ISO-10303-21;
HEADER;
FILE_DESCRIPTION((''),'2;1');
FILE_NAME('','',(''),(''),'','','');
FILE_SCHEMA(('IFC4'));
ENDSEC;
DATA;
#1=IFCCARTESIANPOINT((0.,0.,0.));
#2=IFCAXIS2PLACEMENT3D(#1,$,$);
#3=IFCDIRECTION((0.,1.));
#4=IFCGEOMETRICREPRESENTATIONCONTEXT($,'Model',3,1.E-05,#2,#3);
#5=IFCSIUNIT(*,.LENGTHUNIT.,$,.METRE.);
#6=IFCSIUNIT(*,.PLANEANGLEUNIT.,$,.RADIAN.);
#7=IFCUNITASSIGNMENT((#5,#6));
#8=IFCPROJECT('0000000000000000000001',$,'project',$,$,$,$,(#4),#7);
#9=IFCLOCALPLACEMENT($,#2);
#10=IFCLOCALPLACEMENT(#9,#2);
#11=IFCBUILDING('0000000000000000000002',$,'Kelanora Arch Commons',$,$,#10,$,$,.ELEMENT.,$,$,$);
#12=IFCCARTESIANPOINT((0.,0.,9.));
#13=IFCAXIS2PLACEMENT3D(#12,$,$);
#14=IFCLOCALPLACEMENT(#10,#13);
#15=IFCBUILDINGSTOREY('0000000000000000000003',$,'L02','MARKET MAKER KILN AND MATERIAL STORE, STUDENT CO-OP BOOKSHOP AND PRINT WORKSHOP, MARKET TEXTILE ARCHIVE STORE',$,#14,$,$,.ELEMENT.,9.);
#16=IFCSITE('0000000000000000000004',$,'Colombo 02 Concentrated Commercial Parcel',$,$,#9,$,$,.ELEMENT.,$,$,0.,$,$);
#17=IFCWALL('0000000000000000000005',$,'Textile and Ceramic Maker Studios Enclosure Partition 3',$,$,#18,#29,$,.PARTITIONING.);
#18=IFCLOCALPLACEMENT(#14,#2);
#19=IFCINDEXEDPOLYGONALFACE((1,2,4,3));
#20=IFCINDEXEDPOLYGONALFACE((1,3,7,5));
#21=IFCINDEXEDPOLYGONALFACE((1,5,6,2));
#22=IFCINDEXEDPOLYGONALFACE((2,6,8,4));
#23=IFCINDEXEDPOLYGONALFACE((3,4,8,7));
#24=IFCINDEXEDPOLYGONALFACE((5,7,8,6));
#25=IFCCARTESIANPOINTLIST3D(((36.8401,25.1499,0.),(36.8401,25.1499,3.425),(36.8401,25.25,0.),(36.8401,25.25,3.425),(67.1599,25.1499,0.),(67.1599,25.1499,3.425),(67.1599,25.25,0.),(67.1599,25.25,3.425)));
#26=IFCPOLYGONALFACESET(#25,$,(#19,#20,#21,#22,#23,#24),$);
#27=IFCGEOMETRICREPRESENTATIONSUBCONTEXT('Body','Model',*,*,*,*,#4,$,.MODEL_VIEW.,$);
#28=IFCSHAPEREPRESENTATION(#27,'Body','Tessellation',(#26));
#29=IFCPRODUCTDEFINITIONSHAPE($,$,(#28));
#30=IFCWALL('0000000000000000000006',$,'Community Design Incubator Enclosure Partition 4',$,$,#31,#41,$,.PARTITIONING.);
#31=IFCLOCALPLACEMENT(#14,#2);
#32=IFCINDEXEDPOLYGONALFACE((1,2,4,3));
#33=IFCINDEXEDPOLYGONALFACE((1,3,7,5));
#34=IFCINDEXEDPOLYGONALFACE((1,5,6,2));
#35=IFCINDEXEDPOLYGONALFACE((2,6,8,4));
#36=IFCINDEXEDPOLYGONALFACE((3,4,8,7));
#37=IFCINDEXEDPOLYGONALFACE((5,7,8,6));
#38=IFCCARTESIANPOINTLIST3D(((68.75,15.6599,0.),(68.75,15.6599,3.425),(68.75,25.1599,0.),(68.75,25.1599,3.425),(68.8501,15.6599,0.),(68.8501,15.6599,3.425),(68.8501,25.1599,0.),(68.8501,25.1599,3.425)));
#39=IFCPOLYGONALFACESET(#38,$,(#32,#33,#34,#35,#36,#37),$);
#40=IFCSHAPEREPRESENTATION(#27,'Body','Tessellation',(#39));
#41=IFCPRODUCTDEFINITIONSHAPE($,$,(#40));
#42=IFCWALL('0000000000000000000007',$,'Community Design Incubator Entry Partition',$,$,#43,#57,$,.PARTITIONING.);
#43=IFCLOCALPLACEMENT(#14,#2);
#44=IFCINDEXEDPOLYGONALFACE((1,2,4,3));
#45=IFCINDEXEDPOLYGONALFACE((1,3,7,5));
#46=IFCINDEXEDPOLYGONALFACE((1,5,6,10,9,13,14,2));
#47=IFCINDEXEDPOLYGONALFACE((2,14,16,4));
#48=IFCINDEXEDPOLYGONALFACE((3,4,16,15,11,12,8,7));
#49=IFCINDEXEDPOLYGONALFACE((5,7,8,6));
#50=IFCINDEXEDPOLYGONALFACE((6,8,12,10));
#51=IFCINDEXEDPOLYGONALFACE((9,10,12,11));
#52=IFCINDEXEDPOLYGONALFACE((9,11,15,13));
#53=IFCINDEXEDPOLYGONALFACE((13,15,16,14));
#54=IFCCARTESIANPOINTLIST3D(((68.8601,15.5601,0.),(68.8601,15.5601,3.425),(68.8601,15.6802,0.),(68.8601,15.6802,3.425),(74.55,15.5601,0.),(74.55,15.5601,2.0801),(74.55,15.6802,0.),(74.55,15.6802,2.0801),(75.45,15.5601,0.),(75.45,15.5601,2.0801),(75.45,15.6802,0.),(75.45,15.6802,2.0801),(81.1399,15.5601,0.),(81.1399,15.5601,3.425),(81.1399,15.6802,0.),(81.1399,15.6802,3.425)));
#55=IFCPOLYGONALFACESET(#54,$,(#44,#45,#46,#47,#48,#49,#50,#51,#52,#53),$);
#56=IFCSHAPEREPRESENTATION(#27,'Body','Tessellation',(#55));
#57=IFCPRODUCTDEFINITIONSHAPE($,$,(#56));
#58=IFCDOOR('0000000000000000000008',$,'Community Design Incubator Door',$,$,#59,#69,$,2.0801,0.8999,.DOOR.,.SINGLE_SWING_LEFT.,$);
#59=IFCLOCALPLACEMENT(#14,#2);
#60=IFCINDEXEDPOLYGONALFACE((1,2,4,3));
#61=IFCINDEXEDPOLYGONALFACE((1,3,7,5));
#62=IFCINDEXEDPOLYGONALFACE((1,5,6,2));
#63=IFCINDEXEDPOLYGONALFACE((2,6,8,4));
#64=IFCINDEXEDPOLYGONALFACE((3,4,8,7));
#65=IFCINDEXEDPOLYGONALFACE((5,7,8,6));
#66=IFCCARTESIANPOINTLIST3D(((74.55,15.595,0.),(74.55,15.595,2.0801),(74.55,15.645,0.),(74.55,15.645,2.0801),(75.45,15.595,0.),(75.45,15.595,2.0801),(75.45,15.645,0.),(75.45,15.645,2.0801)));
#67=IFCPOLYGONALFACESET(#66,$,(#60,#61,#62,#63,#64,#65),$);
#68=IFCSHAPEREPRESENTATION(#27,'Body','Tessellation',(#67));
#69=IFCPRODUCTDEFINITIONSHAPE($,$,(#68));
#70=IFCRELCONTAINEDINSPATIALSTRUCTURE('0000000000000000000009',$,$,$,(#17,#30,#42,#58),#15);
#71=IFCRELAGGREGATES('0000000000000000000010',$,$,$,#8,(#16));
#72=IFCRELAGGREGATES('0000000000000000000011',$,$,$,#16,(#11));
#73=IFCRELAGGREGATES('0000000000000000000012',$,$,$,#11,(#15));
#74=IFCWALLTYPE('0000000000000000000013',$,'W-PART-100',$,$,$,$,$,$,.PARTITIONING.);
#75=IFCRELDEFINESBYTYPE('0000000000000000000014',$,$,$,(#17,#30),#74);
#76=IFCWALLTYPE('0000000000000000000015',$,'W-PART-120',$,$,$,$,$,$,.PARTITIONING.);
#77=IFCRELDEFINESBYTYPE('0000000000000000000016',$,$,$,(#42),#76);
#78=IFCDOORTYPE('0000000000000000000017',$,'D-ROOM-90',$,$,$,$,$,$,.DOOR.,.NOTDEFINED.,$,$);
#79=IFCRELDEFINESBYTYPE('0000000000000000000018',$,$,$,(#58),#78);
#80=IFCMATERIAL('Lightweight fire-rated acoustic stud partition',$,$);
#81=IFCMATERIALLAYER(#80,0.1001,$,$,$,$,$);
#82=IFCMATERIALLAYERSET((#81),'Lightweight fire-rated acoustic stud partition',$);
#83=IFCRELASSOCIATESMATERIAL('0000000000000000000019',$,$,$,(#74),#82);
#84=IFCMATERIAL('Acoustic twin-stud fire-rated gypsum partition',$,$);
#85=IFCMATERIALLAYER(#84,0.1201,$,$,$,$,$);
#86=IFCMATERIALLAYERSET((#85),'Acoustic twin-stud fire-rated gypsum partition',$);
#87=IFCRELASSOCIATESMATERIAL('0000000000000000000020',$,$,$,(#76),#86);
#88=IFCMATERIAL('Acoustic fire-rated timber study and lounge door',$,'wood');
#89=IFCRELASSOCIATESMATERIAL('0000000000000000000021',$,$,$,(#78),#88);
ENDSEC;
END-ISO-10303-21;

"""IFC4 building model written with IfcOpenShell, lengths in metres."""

from ifc_helpers import new_model, si_unit, direction, frame, frame_2d, origin, place, context, subcontext, project, spatial, rectangle, extrude, material, layer, layer_set, type_object, element, fill, save


model = new_model("IFC4")

# Units and contexts
model_context = context("Model", 3, precision=1e-05, world=origin(), true_north=direction((0.0, 1.0)))
body_context = subcontext(model_context, "Body", "Model", "MODEL_VIEW")
ifc_project = project(units=[si_unit("LENGTHUNIT", "METRE"), si_unit("PLANEANGLEUNIT", "RADIAN")], contexts=[model_context])

# Site, building, storey
site_placement = place(None, origin())
site = spatial("IfcSite", under=ifc_project, at=site_placement, Name="Colombo 02 Concentrated Commercial Parcel", CompositionType="ELEMENT", RefElevation=0.0)
building_placement = place(site_placement, origin())
building = spatial("IfcBuilding", under=site, at=building_placement, Name="Kelanora Arch Commons", CompositionType="ELEMENT")
storey_placement = place(building_placement, frame((0.0, 0.0, 9.0)))
storey = spatial("IfcBuildingStorey", under=building, at=storey_placement, Name="L02", Description="MARKET MAKER KILN AND MATERIAL STORE, STUDENT CO-OP BOOKSHOP AND PRINT WORKSHOP, MARKET TEXTILE ARCHIVE STORE", CompositionType="ELEMENT", Elevation=9.0)

# Walls
ifc_material_1 = material(Name="Lightweight fire-rated acoustic stud partition")
ifc_layer_1 = layer(ifc_material_1, 0.1001)
ifc_layer_set_1 = layer_set([ifc_layer_1], Name="Lightweight fire-rated acoustic stud partition")
wall_type_1 = type_object("IfcWallType", Name="W-PART-100", PredefinedType="PARTITIONING", material=ifc_layer_set_1)
wall_1_placement = place(storey_placement, frame((67.1599, 25.2, 0.0), z_axis=(0.0, 0.0, 1.0), x_axis=(-1.0, 0.0, 0.0)))
element("IfcWall", 1, at=wall_1_placement, inside=storey, type_object=wall_type_1, Name="Textile and Ceramic Maker Studios Enclosure Partition 3", PredefinedType="PARTITIONING", context=body_context, shape_type="SweptSolid", body=[
    extrude(rectangle(XDim=30.3198, YDim=0.1001, at=frame_2d((15.1599, 0.0))), origin(), (0.0, 0.0, 1.0), 3.425),
])
wall_2_placement = place(storey_placement, frame((68.8, 25.1599, 0.0), z_axis=(0.0, 0.0, 1.0), x_axis=(0.0, -1.0, 0.0)))
element("IfcWall", 2, at=wall_2_placement, inside=storey, type_object=wall_type_1, Name="Community Design Incubator Enclosure Partition 4", PredefinedType="PARTITIONING", context=body_context, shape_type="SweptSolid", body=[
    extrude(rectangle(XDim=9.5, YDim=0.1001, at=frame_2d((4.75, 0.0))), origin(), (0.0, 0.0, 1.0), 3.425),
])

# Wall, opening, door
ifc_material_2 = material(Name="Acoustic twin-stud fire-rated gypsum partition")
ifc_layer_2 = layer(ifc_material_2, 0.1201)
ifc_layer_set_2 = layer_set([ifc_layer_2], Name="Acoustic twin-stud fire-rated gypsum partition")
wall_type_2 = type_object("IfcWallType", Name="W-PART-120", PredefinedType="PARTITIONING", material=ifc_layer_set_2)
wall_3_placement = place(storey_placement, frame((68.8601, 15.6201, 0.0), z_axis=(0.0, 0.0, 1.0), x_axis=(1.0, 0.0, 0.0)))
wall_3 = element("IfcWall", 3, at=wall_3_placement, inside=storey, type_object=wall_type_2, Name="Community Design Incubator Entry Partition", PredefinedType="PARTITIONING", context=body_context, shape_type="SweptSolid", body=[
    extrude(rectangle(XDim=12.2798, YDim=0.1201, at=frame_2d((6.1399, 0.0))), origin(), (0.0, 0.0, 1.0), 3.425),
])
opening_1_placement = place(wall_3_placement, frame((5.6899, 0.0, 0.0)))
opening_1 = element("IfcOpeningElement", 4, at=opening_1_placement, cuts=wall_3, PredefinedType="OPENING", context=body_context, shape_type="SweptSolid", body=[
    extrude(rectangle(XDim=0.8999, YDim=2.0801, at=frame_2d((0.45, 1.04))), frame((0.0, 0.0701, 0.0), z_axis=(0.0, -1.0, 0.0), x_axis=(1.0, 0.0, 0.0)), (0.0, 0.0, 1.0), 0.1401),
])
ifc_material_3 = material(Name="Acoustic fire-rated timber study and lounge door", Category="wood")
door_type = type_object("IfcDoorType", Name="D-ROOM-90", OperationType="NOTDEFINED", PredefinedType="DOOR", material=ifc_material_3)
door_placement = place(opening_1_placement, origin())
door = element("IfcDoor", 5, at=door_placement, inside=storey, type_object=door_type, Name="Community Design Incubator Door", OperationType="SINGLE_SWING_LEFT", OverallHeight=2.0801, OverallWidth=0.8999, PredefinedType="DOOR", context=body_context, shape_type="SweptSolid", body=[
    extrude(rectangle(XDim=0.8999, YDim=2.0801, at=frame_2d((0.45, 1.04))), frame((0.0, 0.0249, 0.0), z_axis=(0.0, -1.0, 0.0), x_axis=(1.0, 0.0, 0.0)), (0.0, 0.0, 1.0), 0.05),
])
fill(opening_1, door)

save(model, "model.ifc")
